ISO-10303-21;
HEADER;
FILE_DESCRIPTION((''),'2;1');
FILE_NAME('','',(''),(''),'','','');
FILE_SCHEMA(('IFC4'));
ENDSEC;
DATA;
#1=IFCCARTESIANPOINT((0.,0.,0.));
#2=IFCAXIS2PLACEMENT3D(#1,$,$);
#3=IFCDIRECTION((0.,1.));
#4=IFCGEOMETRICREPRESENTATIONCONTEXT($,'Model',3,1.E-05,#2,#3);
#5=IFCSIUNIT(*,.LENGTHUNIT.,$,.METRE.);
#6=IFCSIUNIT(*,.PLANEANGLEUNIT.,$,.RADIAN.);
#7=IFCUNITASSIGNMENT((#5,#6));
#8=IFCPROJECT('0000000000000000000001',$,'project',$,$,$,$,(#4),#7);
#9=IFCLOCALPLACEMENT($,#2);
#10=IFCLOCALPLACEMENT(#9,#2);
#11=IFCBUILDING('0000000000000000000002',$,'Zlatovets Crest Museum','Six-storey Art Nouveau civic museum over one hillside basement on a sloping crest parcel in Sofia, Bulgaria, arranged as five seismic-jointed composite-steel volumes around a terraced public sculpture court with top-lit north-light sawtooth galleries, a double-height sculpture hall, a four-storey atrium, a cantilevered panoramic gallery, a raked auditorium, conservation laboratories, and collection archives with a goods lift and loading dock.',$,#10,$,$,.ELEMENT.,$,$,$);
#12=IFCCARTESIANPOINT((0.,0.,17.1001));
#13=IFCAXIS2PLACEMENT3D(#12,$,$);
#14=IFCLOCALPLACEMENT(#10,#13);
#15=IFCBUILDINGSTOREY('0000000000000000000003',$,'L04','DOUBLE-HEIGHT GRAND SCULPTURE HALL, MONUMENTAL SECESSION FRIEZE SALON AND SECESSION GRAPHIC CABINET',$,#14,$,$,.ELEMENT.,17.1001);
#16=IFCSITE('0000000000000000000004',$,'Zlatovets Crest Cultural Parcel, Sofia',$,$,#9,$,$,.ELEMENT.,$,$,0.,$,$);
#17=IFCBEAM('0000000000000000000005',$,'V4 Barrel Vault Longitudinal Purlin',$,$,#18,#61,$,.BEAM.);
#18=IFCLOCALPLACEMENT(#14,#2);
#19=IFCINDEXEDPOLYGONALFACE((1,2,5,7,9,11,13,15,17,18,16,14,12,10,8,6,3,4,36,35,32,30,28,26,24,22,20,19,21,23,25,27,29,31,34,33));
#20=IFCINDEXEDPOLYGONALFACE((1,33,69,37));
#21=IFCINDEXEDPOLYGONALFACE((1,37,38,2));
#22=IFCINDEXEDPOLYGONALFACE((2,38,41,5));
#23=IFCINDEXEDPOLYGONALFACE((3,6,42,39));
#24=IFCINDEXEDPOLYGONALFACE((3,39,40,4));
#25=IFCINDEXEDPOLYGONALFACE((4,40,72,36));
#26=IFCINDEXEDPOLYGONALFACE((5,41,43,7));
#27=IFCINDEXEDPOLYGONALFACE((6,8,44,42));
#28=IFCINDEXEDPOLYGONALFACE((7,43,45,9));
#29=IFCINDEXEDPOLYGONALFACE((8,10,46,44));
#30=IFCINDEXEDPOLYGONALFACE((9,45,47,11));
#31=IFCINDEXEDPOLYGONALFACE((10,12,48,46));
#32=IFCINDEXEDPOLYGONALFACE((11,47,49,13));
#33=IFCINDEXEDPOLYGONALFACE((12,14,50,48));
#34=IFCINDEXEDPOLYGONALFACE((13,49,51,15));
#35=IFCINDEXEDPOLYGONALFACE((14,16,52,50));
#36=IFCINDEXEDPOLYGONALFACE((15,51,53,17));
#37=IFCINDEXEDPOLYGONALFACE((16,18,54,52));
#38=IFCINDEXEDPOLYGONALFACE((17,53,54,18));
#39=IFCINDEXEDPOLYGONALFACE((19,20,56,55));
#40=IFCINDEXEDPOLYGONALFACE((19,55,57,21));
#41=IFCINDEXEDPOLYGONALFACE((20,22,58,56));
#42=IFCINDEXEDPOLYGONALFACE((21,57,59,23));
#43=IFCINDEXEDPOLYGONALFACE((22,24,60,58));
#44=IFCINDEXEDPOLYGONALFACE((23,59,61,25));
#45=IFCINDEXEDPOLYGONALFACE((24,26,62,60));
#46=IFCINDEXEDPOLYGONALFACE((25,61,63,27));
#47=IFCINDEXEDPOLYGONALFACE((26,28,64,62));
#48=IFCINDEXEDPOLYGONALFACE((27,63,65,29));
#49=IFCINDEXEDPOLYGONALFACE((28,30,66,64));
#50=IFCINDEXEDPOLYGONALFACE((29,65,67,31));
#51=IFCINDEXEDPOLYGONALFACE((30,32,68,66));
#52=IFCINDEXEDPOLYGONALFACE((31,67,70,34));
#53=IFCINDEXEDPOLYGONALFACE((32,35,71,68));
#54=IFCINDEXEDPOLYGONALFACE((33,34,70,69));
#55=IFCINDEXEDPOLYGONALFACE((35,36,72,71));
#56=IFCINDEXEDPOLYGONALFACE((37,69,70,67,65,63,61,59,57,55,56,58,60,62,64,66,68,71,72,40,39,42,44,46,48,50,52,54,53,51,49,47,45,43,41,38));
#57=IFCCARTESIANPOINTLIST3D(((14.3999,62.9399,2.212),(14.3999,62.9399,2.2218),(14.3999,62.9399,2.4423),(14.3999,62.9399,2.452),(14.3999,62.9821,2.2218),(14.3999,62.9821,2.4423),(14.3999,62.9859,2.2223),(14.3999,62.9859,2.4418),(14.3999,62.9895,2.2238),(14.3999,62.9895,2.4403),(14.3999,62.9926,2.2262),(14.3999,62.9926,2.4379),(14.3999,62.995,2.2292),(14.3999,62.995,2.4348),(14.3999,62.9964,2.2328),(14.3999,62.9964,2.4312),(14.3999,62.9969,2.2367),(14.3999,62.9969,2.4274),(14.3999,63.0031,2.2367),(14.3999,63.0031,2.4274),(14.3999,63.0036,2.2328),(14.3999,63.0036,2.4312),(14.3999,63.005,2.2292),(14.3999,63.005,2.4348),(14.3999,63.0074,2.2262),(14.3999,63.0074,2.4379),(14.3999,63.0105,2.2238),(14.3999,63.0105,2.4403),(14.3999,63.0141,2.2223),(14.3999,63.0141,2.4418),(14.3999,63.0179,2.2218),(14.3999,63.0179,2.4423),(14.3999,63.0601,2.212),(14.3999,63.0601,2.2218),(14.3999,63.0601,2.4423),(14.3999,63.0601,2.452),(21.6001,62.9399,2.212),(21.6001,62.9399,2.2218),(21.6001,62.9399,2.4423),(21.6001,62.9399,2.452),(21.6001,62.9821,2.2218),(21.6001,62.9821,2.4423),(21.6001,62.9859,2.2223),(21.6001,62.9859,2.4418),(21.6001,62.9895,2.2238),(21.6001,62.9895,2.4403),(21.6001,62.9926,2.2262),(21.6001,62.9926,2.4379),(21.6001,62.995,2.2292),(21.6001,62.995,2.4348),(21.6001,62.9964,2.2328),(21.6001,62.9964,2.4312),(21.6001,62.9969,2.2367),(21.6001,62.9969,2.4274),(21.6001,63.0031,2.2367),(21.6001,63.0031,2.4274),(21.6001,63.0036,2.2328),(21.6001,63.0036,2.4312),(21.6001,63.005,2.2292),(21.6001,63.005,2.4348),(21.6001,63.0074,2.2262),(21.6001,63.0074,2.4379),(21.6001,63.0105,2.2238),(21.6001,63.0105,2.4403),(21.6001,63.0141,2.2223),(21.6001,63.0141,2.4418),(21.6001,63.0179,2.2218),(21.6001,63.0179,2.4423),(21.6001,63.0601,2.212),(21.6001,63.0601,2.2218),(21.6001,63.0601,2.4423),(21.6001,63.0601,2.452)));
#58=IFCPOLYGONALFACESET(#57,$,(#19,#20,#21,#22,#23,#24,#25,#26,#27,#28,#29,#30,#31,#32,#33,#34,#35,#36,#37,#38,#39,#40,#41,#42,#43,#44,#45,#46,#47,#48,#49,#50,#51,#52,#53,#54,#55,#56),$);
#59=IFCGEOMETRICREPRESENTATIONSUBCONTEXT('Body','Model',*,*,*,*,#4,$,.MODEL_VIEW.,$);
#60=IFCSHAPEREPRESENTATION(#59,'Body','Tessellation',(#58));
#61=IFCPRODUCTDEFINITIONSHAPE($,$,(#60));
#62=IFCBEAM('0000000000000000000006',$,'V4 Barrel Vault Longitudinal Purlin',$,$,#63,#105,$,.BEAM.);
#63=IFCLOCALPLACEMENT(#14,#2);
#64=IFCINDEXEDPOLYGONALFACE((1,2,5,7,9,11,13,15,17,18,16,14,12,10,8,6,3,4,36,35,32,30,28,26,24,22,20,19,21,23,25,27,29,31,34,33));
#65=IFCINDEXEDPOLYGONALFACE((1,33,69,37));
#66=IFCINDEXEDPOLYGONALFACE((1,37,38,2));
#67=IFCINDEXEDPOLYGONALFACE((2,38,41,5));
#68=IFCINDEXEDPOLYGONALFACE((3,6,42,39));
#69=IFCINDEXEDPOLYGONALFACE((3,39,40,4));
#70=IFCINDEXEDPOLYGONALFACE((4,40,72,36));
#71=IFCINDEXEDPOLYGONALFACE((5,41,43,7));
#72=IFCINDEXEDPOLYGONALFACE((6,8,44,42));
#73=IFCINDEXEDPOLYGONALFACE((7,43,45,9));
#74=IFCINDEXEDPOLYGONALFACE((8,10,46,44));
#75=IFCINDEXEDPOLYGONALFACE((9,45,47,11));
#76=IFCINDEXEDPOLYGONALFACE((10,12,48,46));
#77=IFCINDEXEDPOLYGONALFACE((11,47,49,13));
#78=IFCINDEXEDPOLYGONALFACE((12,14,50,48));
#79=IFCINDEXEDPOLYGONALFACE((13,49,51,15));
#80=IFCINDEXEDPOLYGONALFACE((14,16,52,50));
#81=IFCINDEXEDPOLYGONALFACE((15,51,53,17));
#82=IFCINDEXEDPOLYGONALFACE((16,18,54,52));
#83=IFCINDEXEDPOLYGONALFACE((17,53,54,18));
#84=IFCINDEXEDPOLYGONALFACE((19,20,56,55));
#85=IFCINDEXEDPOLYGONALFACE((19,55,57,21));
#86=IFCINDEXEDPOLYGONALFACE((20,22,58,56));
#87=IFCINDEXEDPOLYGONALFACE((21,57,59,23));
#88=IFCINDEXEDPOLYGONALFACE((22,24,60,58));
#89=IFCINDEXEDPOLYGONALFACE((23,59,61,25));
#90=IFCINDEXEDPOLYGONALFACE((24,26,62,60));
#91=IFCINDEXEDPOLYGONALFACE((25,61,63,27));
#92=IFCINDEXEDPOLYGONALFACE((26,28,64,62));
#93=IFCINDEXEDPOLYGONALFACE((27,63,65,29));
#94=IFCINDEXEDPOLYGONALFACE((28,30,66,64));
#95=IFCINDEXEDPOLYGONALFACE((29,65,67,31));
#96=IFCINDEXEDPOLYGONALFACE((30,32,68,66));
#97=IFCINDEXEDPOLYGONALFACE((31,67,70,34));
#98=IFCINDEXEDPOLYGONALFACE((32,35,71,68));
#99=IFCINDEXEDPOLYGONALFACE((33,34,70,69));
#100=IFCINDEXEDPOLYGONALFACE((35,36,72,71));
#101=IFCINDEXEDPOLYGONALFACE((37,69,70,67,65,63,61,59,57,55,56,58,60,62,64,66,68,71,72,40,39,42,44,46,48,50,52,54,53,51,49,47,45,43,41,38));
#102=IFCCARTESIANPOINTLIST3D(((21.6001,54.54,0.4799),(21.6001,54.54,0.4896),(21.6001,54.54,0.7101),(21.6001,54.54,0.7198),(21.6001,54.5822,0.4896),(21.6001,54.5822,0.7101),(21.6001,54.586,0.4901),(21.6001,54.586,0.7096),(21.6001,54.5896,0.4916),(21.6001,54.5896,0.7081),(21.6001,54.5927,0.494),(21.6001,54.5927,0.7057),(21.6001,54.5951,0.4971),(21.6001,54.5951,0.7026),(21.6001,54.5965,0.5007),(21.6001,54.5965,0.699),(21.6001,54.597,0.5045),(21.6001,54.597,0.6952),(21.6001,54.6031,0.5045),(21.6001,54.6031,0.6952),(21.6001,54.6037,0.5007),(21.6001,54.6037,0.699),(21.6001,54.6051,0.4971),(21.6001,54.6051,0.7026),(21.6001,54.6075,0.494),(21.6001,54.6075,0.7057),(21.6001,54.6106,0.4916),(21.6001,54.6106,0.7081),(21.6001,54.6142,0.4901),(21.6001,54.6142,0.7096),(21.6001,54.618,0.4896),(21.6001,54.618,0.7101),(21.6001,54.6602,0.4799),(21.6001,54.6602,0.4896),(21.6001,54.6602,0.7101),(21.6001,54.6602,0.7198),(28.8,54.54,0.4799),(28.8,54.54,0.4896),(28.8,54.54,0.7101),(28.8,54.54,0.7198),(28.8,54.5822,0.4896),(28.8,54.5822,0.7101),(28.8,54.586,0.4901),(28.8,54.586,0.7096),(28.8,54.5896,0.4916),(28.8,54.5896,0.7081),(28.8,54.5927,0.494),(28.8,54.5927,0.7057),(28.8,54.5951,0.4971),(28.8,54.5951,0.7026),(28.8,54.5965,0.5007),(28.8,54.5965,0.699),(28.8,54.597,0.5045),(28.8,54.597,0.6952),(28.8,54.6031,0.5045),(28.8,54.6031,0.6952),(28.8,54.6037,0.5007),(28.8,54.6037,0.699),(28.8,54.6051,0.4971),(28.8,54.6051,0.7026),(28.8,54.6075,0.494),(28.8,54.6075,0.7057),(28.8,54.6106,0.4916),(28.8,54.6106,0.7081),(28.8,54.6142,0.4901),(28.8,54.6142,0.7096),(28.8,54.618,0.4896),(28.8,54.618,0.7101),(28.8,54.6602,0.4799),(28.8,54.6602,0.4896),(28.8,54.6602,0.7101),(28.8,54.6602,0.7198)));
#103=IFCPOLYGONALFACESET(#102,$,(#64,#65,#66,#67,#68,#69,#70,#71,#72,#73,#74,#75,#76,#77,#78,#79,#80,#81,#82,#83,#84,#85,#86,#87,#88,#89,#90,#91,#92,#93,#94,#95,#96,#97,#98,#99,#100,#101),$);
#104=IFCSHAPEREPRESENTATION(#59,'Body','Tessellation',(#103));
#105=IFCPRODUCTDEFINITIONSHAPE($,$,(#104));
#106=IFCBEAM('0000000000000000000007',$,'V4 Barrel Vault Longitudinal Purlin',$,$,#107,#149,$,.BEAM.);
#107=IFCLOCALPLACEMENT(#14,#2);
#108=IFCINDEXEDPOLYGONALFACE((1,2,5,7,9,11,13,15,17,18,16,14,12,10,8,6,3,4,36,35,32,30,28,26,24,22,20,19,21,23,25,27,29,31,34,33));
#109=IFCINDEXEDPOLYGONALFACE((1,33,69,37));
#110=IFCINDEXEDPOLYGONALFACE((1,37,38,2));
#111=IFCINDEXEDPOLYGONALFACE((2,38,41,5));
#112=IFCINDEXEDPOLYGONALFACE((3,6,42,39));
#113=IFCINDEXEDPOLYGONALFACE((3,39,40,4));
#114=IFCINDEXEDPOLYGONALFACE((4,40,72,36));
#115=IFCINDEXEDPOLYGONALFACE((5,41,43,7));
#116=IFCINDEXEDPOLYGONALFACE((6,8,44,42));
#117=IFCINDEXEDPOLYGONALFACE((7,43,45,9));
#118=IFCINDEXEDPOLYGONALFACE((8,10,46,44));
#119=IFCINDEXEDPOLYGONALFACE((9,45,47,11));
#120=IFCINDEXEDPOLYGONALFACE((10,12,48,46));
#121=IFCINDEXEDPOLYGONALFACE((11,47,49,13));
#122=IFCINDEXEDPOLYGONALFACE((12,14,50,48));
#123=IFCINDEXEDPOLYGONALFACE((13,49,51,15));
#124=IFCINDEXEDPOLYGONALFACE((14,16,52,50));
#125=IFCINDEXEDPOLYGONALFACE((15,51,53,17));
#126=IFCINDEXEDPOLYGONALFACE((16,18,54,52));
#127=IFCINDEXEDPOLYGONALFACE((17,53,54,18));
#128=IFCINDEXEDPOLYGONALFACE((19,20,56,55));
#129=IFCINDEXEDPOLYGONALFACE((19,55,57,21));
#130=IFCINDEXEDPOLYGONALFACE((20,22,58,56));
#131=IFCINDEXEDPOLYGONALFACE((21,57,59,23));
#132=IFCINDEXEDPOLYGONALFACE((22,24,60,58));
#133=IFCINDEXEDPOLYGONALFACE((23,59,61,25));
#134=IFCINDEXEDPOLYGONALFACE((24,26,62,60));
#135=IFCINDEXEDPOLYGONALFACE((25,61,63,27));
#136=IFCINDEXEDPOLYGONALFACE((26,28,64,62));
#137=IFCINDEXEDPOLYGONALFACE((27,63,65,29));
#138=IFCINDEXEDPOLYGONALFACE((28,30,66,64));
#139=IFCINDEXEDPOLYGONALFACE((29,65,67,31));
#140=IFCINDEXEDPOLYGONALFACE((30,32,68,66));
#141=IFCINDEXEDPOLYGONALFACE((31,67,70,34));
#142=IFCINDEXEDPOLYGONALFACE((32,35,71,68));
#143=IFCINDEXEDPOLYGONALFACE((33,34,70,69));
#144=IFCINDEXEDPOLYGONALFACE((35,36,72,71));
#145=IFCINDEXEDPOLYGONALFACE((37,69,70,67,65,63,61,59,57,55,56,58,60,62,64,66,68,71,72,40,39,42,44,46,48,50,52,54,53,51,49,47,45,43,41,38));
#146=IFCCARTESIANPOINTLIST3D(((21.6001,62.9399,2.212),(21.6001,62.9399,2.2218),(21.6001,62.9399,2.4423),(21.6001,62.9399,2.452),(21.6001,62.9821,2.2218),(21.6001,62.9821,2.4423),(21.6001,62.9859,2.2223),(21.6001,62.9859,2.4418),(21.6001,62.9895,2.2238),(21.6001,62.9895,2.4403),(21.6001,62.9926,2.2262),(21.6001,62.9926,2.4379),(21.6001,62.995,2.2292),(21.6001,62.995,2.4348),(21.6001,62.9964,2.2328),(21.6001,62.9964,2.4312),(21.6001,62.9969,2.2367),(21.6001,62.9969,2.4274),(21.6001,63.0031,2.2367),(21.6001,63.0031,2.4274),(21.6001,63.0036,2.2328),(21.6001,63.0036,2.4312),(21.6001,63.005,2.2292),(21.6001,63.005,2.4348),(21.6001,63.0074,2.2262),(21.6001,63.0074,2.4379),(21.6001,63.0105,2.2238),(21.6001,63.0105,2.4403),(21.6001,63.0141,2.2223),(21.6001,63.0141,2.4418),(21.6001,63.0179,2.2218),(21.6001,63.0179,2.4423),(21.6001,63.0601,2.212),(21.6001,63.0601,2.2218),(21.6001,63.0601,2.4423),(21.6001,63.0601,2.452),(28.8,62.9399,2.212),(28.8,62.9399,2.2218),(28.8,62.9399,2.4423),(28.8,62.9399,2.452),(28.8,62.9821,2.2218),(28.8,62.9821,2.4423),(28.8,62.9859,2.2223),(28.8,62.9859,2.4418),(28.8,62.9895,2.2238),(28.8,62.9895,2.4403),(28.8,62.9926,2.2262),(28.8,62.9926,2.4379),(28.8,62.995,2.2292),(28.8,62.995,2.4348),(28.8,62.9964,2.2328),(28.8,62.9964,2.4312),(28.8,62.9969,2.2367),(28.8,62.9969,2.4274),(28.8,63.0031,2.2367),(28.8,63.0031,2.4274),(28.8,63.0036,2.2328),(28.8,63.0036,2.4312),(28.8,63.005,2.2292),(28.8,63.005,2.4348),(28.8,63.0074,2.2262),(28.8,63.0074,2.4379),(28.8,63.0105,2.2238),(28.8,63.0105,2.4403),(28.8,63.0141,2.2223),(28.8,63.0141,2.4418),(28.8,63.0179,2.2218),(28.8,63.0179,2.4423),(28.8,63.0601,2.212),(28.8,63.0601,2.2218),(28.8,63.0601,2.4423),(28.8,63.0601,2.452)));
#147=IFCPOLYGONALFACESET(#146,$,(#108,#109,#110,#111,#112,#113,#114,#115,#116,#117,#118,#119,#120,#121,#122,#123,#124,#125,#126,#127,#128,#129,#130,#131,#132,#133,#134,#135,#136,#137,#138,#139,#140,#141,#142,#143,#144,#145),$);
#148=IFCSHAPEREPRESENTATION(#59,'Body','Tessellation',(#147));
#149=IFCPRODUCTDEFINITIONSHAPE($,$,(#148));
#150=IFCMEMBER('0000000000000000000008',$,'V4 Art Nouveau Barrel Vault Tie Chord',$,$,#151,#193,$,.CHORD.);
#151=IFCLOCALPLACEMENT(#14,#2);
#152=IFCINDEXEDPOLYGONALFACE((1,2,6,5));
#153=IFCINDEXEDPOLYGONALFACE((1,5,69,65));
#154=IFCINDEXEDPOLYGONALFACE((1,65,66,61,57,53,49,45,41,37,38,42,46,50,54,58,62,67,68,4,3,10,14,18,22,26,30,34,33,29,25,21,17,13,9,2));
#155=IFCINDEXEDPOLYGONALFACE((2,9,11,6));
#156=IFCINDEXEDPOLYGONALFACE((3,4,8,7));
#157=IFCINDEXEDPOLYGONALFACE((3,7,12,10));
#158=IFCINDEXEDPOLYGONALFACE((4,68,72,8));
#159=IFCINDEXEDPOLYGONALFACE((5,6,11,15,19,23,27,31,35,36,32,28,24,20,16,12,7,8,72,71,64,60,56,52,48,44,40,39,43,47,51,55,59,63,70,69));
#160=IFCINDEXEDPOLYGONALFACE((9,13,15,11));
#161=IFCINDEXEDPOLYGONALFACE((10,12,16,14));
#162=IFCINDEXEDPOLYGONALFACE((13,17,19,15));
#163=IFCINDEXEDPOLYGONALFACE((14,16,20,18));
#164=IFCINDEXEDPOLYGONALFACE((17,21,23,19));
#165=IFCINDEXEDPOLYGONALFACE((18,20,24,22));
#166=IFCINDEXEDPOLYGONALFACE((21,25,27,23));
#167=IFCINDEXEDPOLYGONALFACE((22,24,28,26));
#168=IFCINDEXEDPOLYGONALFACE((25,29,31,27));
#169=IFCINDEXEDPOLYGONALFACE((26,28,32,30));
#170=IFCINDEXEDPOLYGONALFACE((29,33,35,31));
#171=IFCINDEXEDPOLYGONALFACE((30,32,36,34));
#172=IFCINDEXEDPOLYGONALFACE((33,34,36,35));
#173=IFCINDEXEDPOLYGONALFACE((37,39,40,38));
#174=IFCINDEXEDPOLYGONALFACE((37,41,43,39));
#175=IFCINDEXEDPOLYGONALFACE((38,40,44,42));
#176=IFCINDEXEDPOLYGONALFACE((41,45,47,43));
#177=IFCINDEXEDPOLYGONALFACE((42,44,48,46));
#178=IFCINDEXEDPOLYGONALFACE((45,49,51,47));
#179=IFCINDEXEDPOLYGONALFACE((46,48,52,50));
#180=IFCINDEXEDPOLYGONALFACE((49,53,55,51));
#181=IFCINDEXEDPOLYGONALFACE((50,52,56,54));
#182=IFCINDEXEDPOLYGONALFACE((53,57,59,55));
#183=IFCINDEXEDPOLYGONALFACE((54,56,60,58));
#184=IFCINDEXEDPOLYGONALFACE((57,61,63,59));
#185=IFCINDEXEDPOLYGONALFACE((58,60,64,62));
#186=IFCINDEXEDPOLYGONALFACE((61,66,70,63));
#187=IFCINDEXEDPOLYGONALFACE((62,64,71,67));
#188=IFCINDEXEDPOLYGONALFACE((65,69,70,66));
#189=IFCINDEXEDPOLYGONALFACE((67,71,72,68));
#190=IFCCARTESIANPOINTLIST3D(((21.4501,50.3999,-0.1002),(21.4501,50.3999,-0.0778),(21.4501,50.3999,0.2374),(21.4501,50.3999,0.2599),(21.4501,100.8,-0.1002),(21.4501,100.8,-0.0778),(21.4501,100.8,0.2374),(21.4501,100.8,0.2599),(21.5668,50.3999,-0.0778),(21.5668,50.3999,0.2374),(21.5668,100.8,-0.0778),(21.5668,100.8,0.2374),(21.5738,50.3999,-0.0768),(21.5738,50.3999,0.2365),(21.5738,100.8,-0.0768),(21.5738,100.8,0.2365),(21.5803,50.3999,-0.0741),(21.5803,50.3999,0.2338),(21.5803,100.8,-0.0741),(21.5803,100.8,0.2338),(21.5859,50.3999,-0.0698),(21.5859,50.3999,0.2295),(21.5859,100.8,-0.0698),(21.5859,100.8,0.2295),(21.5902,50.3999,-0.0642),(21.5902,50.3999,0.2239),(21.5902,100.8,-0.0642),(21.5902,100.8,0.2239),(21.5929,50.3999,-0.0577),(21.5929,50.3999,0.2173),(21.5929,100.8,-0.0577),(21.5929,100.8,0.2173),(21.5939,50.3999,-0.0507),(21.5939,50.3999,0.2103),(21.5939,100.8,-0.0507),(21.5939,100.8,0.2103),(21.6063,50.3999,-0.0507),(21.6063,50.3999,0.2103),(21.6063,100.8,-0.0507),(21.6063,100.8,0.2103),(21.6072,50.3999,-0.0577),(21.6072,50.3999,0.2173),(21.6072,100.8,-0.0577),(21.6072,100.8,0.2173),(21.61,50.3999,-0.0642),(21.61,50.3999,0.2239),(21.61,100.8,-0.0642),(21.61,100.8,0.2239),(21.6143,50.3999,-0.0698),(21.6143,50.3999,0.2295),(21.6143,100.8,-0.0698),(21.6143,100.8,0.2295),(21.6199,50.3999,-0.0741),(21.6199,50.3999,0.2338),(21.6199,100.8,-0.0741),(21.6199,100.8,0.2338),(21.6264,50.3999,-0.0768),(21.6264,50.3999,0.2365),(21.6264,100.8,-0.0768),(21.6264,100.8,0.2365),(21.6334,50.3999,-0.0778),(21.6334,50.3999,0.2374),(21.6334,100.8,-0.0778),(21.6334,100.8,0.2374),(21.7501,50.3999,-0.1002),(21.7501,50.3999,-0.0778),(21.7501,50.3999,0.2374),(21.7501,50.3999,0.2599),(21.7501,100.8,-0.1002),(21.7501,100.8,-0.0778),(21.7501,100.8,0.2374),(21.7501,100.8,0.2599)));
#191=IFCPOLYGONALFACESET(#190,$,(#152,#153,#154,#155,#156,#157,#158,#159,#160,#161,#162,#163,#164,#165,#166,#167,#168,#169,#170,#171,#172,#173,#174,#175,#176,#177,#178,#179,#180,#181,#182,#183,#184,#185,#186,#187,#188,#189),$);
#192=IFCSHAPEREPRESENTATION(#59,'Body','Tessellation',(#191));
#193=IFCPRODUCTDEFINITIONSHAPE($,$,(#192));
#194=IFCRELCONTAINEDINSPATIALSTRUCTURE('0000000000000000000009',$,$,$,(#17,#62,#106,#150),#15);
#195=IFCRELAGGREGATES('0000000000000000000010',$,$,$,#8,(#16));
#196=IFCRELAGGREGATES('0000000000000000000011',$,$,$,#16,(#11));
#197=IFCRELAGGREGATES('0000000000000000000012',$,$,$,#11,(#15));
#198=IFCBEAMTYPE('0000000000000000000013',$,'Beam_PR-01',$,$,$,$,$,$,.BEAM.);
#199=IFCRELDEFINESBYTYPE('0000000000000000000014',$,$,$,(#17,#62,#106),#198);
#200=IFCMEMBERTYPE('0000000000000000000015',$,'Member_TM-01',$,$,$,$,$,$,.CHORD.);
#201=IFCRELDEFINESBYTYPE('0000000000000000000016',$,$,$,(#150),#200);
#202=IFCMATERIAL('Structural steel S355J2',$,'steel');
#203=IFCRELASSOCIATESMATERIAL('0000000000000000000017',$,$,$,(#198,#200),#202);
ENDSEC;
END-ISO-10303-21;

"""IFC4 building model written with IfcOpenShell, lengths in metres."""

from ifc_helpers import new_model, si_unit, direction, frame, origin, origin_2d, place, context, subcontext, project, spatial, i_section, extrude, material, material_profile, profile_set, type_object, element, save


model = new_model("IFC4")

# Units and contexts
model_context = context("Model", 3, precision=1e-05, world=origin(), true_north=direction((0.0, 1.0)))
body_context = subcontext(model_context, "Body", "Model", "MODEL_VIEW")
ifc_project = project(units=[si_unit("LENGTHUNIT", "METRE"), si_unit("PLANEANGLEUNIT", "RADIAN")], contexts=[model_context])

# Site, building, storey
site_placement = place(None, origin())
site = spatial("IfcSite", under=ifc_project, at=site_placement, Name="Zlatovets Crest Cultural Parcel, Sofia", CompositionType="ELEMENT", RefElevation=0.0)
building_placement = place(site_placement, origin())
building = spatial("IfcBuilding", under=site, at=building_placement, Name="Zlatovets Crest Museum", Description="Six-storey Art Nouveau civic museum over one hillside basement on a sloping crest parcel in Sofia, Bulgaria, arranged as five seismic-jointed composite-steel volumes around a terraced public sculpture court with top-lit north-light sawtooth galleries, a double-height sculpture hall, a four-storey atrium, a cantilevered panoramic gallery, a raked auditorium, conservation laboratories, and collection archives with a goods lift and loading dock.", CompositionType="ELEMENT")
storey_placement = place(building_placement, frame((0.0, 0.0, 17.1001)))
storey = spatial("IfcBuildingStorey", under=building, at=storey_placement, Name="L04", Description="DOUBLE-HEIGHT GRAND SCULPTURE HALL, MONUMENTAL SECESSION FRIEZE SALON AND SECESSION GRAPHIC CABINET", CompositionType="ELEMENT", Elevation=17.1001)

# Beams
ifc_material_1 = material(Name="Structural steel S355J2", Category="steel")
ifc_material_profile_1 = material_profile(ifc_material_1, i_section(OverallWidth=0.1201, OverallDepth=0.24, WebThickness=0.0061, FlangeThickness=0.0098, FilletRadius=0.0149, at=origin_2d()), Name="IPE 240")
ifc_profile_set_1 = profile_set([ifc_material_profile_1], Name="Structural steel S355J2")
beam_type_1 = type_object("IfcBeamType", Name="Beam_PR-01", PredefinedType="BEAM", material=ifc_profile_set_1)
beam_1_placement = place(storey_placement, frame((14.3999, 63.0, 2.332), z_axis=(1.0, 0.0, 0.0), x_axis=(0.0, 1.0, 0.0)))
element("IfcBeam", 1, at=beam_1_placement, inside=storey, type_object=beam_type_1, Name="V4 Barrel Vault Longitudinal Purlin", PredefinedType="BEAM", context=body_context, shape_type="SweptSolid", body=[
    extrude(i_section(OverallWidth=0.1201, OverallDepth=0.24, WebThickness=0.0061, FlangeThickness=0.0098, FilletRadius=0.0149, at=origin_2d()), origin(), (0.0, 0.0, 1.0), 7.2002),
])
for number, where, z_axis, x_axis, name in (
    (2, (21.6001, 54.6001, 0.5999), (1.0, 0.0, 0.0), (0.0, 1.0, 0.0), "V4 Barrel Vault Longitudinal Purlin"),
    (3, (21.6001, 63.0, 2.332), (1.0, 0.0, 0.0), (0.0, 1.0, 0.0), "V4 Barrel Vault Longitudinal Purlin"),
):
    element("IfcBeam", number, at=place(storey_placement, frame(where, z_axis=z_axis, x_axis=x_axis)), inside=storey, type_object=beam_type_1, Name=name, PredefinedType="BEAM", context=body_context, shape_type="SweptSolid", body=[
        extrude(i_section(OverallWidth=0.1201, OverallDepth=0.24, WebThickness=0.0061, FlangeThickness=0.0098, FilletRadius=0.0149, at=origin_2d()), origin(), (0.0, 0.0, 1.0), 7.2),
    ])

# Member
ifc_material_profile_2 = material_profile(ifc_material_1, i_section(OverallWidth=0.3, OverallDepth=0.3601, WebThickness=0.0125, FlangeThickness=0.0225, FilletRadius=0.0271, at=origin_2d()), Name="HEB 360")
ifc_profile_set_2 = profile_set([ifc_material_profile_2], Name="Structural steel S355J2")
member_type_1 = type_object("IfcMemberType", Name="Member_TM-01", PredefinedType="CHORD", material=ifc_profile_set_2)
member_1_placement = place(storey_placement, frame((21.6001, 50.3999, 0.0798), z_axis=(0.0, 1.0, 0.0), x_axis=(-1.0, 0.0, 0.0)))
element("IfcMember", 4, at=member_1_placement, inside=storey, type_object=member_type_1, Name="V4 Art Nouveau Barrel Vault Tie Chord", PredefinedType="CHORD", context=body_context, shape_type="SweptSolid", body=[
    extrude(i_section(OverallWidth=0.3, OverallDepth=0.3601, WebThickness=0.0125, FlangeThickness=0.0225, FilletRadius=0.0271, at=origin_2d()), origin(), (0.0, 0.0, 1.0), 50.4001),
])

save(model, "model.ifc")
